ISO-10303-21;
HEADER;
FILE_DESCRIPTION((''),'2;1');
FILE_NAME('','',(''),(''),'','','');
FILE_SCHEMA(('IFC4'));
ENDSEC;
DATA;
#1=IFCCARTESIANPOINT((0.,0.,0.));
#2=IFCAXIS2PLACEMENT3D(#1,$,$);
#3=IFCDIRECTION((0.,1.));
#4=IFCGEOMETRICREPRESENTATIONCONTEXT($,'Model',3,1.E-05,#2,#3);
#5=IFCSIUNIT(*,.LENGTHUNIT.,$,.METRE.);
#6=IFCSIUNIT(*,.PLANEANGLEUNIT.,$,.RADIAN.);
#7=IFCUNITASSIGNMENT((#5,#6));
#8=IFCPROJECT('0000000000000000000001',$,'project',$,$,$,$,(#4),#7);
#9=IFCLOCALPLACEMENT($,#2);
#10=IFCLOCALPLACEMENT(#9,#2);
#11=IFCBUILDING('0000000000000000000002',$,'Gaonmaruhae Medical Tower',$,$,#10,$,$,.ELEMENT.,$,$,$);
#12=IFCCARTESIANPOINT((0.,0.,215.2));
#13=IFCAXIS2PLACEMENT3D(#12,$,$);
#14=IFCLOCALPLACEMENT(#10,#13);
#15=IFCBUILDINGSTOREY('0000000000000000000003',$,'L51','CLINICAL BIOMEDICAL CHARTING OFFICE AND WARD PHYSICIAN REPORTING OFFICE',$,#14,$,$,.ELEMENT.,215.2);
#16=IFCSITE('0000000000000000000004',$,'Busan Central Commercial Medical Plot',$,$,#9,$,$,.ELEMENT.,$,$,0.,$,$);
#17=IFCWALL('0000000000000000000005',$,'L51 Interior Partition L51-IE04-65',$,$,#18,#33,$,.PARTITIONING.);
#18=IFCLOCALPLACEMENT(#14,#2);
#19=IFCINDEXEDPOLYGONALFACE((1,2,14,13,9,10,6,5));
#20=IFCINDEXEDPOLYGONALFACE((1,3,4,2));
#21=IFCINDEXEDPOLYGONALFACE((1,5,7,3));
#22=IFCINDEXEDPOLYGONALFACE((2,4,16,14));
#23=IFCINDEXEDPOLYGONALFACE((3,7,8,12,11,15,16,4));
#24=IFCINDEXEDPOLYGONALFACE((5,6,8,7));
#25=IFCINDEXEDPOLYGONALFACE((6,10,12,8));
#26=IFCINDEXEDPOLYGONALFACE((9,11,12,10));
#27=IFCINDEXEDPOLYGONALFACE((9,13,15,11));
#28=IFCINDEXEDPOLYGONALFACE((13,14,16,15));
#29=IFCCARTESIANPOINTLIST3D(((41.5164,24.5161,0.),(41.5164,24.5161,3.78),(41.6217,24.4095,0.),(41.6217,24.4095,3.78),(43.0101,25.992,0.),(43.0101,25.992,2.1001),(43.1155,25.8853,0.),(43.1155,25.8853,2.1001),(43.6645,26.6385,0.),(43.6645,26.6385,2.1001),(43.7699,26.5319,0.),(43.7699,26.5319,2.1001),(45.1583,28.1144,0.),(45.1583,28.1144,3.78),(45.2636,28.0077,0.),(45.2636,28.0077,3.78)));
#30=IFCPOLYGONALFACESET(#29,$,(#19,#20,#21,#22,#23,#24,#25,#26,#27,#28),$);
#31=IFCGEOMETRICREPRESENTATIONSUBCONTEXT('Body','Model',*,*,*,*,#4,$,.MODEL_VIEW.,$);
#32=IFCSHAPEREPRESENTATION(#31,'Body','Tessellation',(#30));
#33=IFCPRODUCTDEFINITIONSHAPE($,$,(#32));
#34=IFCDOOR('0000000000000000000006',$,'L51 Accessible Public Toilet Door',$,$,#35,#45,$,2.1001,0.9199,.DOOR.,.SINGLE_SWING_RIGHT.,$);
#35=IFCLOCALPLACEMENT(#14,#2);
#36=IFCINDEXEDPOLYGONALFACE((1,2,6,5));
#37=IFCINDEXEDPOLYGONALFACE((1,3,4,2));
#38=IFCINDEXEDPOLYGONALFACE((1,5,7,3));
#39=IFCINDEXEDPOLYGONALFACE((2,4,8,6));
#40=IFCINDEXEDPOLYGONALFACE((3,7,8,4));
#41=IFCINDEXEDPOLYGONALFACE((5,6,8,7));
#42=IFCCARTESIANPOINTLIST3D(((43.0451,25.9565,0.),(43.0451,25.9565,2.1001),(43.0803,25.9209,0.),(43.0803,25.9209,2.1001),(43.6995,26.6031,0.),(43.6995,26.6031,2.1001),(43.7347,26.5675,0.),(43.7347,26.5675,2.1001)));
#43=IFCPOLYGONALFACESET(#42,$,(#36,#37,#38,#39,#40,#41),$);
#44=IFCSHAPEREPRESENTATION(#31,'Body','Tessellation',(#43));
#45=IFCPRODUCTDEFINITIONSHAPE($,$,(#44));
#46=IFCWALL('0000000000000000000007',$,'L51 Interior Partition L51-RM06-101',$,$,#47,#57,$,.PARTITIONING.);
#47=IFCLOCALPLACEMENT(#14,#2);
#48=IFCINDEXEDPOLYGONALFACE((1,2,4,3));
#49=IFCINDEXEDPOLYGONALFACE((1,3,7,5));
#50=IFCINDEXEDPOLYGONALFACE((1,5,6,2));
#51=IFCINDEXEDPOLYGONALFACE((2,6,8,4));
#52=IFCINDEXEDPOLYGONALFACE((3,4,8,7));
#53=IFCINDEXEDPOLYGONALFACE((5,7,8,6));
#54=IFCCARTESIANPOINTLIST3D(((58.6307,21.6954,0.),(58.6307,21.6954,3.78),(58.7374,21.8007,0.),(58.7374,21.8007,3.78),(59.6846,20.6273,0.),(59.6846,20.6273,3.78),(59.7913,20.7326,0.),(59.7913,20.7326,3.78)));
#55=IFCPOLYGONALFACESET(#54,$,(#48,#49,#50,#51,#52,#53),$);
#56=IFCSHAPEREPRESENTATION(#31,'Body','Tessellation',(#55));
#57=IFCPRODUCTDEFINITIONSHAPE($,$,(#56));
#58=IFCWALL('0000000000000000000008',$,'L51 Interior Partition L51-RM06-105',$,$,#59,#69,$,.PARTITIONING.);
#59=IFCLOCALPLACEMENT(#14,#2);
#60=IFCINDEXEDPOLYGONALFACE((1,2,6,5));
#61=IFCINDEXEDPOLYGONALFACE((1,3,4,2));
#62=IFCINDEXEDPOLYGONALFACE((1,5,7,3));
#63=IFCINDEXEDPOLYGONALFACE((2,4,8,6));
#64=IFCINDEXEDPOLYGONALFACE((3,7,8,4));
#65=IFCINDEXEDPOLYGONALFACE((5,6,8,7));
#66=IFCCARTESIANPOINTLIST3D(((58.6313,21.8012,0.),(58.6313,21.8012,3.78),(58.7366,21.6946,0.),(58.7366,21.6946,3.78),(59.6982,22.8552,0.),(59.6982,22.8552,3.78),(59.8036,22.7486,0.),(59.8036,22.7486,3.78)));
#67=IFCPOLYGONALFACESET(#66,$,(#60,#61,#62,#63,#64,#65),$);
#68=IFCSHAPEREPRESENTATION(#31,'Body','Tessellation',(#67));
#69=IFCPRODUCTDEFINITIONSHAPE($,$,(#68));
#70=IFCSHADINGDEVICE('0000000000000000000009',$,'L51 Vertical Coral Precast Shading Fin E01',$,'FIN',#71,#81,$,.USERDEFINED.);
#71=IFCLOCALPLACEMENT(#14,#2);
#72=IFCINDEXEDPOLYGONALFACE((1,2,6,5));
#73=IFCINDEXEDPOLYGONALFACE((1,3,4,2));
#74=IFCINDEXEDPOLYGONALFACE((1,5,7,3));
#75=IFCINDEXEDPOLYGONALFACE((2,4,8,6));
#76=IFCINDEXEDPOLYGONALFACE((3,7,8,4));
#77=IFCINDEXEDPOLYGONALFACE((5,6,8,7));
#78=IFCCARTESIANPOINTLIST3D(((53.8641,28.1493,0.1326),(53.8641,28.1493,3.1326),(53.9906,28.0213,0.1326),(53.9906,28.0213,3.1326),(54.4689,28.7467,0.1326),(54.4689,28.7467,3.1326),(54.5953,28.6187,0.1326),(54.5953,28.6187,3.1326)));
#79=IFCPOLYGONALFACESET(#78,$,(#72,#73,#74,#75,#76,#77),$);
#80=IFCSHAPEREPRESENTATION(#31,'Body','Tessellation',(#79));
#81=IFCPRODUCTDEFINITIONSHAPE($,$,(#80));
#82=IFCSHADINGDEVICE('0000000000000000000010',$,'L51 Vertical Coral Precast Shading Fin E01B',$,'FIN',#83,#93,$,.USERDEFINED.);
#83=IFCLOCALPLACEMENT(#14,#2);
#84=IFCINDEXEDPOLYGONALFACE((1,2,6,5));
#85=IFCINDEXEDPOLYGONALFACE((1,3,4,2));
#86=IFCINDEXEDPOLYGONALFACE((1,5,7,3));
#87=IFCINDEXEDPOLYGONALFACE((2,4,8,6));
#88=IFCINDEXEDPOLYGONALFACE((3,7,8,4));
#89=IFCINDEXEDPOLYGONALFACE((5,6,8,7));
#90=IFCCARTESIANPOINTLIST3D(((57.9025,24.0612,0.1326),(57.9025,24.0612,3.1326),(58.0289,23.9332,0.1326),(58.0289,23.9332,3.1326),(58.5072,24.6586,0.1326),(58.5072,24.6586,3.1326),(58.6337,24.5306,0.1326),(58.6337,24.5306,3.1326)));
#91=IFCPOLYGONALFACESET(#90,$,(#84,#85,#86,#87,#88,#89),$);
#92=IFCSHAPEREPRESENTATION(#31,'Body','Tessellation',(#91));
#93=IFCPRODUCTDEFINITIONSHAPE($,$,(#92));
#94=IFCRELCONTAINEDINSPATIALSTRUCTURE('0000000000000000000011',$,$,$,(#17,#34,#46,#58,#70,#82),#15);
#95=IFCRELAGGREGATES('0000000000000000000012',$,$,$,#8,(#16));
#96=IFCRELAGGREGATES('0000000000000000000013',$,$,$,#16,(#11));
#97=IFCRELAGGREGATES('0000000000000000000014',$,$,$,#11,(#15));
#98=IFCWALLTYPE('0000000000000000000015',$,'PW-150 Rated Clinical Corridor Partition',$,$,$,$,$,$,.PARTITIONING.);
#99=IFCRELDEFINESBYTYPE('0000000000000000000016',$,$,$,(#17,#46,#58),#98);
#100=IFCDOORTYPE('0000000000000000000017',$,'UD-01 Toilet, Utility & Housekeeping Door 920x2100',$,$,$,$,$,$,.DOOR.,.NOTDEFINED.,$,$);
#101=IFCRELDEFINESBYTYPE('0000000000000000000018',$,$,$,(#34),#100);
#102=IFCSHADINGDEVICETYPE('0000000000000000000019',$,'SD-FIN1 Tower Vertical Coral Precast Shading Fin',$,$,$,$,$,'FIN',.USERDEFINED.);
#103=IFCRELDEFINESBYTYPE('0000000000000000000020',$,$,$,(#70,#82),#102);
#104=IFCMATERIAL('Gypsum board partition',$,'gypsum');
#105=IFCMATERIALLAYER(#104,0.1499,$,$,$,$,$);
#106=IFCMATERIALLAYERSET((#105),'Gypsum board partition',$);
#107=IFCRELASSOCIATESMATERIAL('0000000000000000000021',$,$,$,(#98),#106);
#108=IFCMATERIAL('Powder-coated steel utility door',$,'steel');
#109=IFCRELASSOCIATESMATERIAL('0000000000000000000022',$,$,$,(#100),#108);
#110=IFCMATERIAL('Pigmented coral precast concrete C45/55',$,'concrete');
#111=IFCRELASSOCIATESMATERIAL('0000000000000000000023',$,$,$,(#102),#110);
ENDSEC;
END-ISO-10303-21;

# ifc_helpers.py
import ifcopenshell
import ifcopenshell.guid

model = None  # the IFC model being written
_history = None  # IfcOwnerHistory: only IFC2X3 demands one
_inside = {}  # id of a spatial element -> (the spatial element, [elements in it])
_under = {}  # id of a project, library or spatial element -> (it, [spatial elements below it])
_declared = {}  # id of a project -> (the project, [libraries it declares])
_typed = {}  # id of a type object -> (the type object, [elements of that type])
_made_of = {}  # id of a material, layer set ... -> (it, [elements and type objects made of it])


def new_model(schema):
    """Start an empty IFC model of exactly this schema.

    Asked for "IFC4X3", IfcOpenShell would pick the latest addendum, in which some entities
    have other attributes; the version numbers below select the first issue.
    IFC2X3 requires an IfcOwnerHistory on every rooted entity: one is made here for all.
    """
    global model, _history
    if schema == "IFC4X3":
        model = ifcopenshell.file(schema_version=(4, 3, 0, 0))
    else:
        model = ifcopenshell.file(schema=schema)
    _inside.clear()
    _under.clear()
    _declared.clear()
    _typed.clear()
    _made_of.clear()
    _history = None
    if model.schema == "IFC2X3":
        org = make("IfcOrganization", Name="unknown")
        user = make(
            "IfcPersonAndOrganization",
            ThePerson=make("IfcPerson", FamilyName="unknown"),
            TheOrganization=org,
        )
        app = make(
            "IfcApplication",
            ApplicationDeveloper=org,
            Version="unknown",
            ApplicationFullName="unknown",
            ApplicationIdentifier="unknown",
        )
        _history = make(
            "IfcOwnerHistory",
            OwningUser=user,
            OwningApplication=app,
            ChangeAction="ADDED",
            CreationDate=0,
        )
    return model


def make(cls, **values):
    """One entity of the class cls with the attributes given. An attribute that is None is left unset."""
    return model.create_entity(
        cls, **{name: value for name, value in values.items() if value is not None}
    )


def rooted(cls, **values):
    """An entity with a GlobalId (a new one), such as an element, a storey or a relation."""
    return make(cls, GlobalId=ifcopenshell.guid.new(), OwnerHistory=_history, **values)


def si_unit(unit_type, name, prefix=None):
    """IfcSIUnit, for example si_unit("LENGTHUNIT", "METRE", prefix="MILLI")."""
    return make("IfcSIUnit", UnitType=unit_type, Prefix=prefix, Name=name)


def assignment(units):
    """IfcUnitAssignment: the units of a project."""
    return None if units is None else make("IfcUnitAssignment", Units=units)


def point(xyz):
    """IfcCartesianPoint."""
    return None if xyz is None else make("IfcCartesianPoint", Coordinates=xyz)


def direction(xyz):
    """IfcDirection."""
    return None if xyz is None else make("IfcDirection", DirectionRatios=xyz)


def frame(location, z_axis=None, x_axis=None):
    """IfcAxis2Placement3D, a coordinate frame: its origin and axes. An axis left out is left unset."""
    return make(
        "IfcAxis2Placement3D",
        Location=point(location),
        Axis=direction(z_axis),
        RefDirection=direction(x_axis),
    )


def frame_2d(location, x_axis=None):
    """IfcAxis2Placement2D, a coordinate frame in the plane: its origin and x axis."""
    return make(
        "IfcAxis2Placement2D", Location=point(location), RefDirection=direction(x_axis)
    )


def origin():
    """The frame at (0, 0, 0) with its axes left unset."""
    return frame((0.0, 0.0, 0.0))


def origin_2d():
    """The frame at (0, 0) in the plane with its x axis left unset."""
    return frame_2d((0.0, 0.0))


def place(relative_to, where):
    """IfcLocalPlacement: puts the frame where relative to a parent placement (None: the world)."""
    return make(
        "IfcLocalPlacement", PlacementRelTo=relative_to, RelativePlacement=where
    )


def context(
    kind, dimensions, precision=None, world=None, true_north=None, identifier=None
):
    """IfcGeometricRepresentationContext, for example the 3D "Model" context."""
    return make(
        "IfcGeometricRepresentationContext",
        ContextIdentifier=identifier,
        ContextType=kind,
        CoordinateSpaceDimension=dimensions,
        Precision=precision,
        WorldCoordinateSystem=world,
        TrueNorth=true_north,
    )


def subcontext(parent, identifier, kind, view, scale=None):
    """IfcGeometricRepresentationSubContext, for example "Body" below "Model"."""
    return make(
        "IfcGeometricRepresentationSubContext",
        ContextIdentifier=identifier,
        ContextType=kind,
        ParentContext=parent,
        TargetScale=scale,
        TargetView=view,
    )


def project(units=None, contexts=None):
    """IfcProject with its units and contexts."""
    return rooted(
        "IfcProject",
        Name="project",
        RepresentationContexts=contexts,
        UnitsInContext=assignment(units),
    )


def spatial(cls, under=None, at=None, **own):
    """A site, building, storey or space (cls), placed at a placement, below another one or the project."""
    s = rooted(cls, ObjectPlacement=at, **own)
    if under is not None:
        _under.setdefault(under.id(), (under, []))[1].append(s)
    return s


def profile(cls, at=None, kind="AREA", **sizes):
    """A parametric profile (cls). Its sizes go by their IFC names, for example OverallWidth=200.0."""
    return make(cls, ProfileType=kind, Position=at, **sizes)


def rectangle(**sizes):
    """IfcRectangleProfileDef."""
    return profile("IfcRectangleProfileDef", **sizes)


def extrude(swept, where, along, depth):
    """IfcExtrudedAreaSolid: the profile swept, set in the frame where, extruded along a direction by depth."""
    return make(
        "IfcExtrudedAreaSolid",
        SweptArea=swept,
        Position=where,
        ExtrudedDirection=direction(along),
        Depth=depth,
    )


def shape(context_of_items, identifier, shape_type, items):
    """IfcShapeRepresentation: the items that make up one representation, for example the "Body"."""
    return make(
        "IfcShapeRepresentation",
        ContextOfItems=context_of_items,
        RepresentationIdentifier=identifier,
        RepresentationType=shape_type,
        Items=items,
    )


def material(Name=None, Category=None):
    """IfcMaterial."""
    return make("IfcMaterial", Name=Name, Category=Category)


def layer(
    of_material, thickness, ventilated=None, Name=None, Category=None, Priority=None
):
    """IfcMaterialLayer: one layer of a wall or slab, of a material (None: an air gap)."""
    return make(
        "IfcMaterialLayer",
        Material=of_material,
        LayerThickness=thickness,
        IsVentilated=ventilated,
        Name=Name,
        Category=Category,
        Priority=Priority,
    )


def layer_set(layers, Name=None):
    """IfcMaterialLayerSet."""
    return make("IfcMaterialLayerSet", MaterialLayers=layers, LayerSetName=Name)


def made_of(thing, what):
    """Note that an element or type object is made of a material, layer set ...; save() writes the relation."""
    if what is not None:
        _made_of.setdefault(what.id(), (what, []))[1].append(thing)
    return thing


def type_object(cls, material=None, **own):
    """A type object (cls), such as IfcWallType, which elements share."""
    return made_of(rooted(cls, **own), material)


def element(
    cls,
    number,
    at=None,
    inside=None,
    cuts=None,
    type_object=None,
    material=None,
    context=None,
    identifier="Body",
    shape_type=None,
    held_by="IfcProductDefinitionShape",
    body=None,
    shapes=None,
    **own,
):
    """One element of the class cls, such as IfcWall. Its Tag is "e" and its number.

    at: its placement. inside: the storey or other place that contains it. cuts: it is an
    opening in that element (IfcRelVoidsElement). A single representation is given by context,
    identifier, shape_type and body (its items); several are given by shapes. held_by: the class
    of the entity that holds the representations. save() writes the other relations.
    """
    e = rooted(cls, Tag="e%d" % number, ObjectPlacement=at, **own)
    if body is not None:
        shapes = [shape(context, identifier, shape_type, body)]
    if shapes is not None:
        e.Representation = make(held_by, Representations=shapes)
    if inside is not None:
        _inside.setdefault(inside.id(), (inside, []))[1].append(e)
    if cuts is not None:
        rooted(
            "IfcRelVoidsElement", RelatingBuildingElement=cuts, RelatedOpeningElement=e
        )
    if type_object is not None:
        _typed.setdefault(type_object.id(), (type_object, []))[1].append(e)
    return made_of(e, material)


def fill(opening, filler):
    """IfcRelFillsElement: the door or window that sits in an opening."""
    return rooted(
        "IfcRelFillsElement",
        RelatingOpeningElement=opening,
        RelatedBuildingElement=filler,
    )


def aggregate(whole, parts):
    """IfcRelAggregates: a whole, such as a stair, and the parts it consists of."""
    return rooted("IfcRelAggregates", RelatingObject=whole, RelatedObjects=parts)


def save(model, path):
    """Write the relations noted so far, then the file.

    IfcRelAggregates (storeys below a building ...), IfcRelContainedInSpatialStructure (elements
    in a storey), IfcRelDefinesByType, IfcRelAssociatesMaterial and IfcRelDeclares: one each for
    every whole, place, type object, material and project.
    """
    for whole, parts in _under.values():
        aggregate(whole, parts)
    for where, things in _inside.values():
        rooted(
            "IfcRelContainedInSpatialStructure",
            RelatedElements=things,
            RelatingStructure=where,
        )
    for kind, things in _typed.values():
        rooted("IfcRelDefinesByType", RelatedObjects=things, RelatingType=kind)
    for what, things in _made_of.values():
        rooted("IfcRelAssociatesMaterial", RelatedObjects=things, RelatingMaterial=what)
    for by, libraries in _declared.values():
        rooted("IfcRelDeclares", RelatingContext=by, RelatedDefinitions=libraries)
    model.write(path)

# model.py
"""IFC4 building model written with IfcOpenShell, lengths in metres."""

from ifc_helpers import new_model, si_unit, direction, frame, frame_2d, origin, origin_2d, place, context, subcontext, project, spatial, rectangle, extrude, material, layer, layer_set, type_object, element, fill, save


model = new_model("IFC4")

# Units and contexts
model_context = context("Model", 3, precision=1e-05, world=origin(), true_north=direction((0.0, 1.0)))
body_context = subcontext(model_context, "Body", "Model", "MODEL_VIEW")
ifc_project = project(units=[si_unit("LENGTHUNIT", "METRE"), si_unit("PLANEANGLEUNIT", "RADIAN")], contexts=[model_context])

# Site, building, storey
site_placement = place(None, origin())
site = spatial("IfcSite", under=ifc_project, at=site_placement, Name="Busan Central Commercial Medical Plot", CompositionType="ELEMENT", RefElevation=0.0)
building_placement = place(site_placement, origin())
building = spatial("IfcBuilding", under=site, at=building_placement, Name="Gaonmaruhae Medical Tower", CompositionType="ELEMENT")
storey_placement = place(building_placement, frame((0.0, 0.0, 215.2)))
storey = spatial("IfcBuildingStorey", under=building, at=storey_placement, Name="L51", Description="CLINICAL BIOMEDICAL CHARTING OFFICE AND WARD PHYSICIAN REPORTING OFFICE", CompositionType="ELEMENT", Elevation=215.2)

# Shared definitions
ifc_material_1 = material(Name="Gypsum board partition", Category="gypsum")
ifc_layer_1 = layer(ifc_material_1, 0.1499)
ifc_layer_set_1 = layer_set([ifc_layer_1], Name="Gypsum board partition")
wall_type_1 = type_object("IfcWallType", Name="PW-150 Rated Clinical Corridor Partition", PredefinedType="PARTITIONING", material=ifc_layer_set_1)

# Wall, opening, door
wall_1_placement = place(storey_placement, frame((45.2109, 28.061, 0.0), z_axis=(0.0, 0.0, 1.0), x_axis=(-0.711362, -0.702826, 0.0)))
wall_1 = element("IfcWall", 1, at=wall_1_placement, inside=storey, type_object=wall_type_1, Name="L51 Interior Partition L51-IE04-65", PredefinedType="PARTITIONING", context=body_context, shape_type="SweptSolid", body=[
    extrude(rectangle(XDim=5.1196, YDim=0.1499, at=frame_2d((2.5598, 0.0))), origin(), (0.0, 0.0, 1.0), 3.78),
])
opening_1_placement = place(wall_1_placement, frame((2.0999, 0.0, 0.0)))
opening_1 = element("IfcOpeningElement", 2, at=opening_1_placement, cuts=wall_1, PredefinedType="OPENING", context=body_context, shape_type="SweptSolid", body=[
    extrude(rectangle(XDim=0.9199, YDim=2.1001, at=frame_2d((0.46, 1.05))), frame((0.0, 0.085, 0.0), z_axis=(0.0, -1.0, 0.0), x_axis=(1.0, 0.0, 0.0)), (0.0, 0.0, 1.0), 0.1699),
])
ifc_material_2 = material(Name="Powder-coated steel utility door", Category="steel")
door_type_1 = type_object("IfcDoorType", Name="UD-01 Toilet, Utility & Housekeeping Door 920x2100", OperationType="NOTDEFINED", PredefinedType="DOOR", material=ifc_material_2)
door_1_placement = place(opening_1_placement, origin())
door_1 = element("IfcDoor", 3, at=door_1_placement, inside=storey, type_object=door_type_1, Name="L51 Accessible Public Toilet Door", OperationType="SINGLE_SWING_RIGHT", OverallHeight=2.1001, OverallWidth=0.9199, PredefinedType="DOOR", context=body_context, shape_type="SweptSolid", body=[
    extrude(rectangle(XDim=0.9199, YDim=2.1001, at=frame_2d((0.46, 1.05))), frame((0.0, 0.0249, 0.0), z_axis=(0.0, -1.0, 0.0), x_axis=(1.0, 0.0, 0.0)), (0.0, 0.0, 1.0), 0.05),
])
fill(opening_1, door_1)

# Walls
wall_2_placement = place(storey_placement, frame((58.6841, 21.748, 0.0), z_axis=(0.0, 0.0, 1.0), x_axis=(0.702373, -0.711809, 0.0)))
element("IfcWall", 4, at=wall_2_placement, inside=storey, type_object=wall_type_1, Name="L51 Interior Partition L51-RM06-101", PredefinedType="PARTITIONING", context=body_context, shape_type="SweptSolid", body=[
    extrude(rectangle(XDim=1.5005, YDim=0.1499, at=frame_2d((0.7502, 0.0))), origin(), (0.0, 0.0, 1.0), 3.78),
])
wall_3_placement = place(storey_placement, frame((59.751, 22.802, 0.0), z_axis=(0.0, 0.0, 1.0), x_axis=(-0.711408, -0.70278, 0.0)))
element("IfcWall", 5, at=wall_3_placement, inside=storey, type_object=wall_type_1, Name="L51 Interior Partition L51-RM06-105", PredefinedType="PARTITIONING", context=body_context, shape_type="SweptSolid", body=[
    extrude(rectangle(XDim=1.4998, YDim=0.1499, at=frame_2d((0.75, 0.0))), origin(), (0.0, 0.0, 1.0), 3.78),
])

# Shading devices
ifc_material_3 = material(Name="Pigmented coral precast concrete C45/55", Category="concrete")
shading_device_type = type_object("IfcShadingDeviceType", Name="SD-FIN1 Tower Vertical Coral Precast Shading Fin", ElementType="FIN", PredefinedType="USERDEFINED", material=ifc_material_3)
for number, where, z_axis, x_axis, name in (
    (6, (54.2297, 28.384, 0.1326), (0.0, 0.0, 1.0), (0.702774, -0.711413, 0.0), "L51 Vertical Coral Precast Shading Fin E01"),
    (7, (58.2681, 24.2959, 0.1326), (0.0, 0.0, 1.0), (0.702774, -0.711413, 0.0), "L51 Vertical Coral Precast Shading Fin E01B"),
):
    element("IfcShadingDevice", number, at=place(storey_placement, frame(where, z_axis=z_axis, x_axis=x_axis)), inside=storey, type_object=shading_device_type, Name=name, ObjectType="FIN", PredefinedType="USERDEFINED", context=body_context, shape_type="SweptSolid", body=[
        extrude(rectangle(XDim=0.1799, YDim=0.8501, at=origin_2d()), origin(), (0.0, 0.0, 1.0), 3.0),
    ])

save(model, "model.ifc")
